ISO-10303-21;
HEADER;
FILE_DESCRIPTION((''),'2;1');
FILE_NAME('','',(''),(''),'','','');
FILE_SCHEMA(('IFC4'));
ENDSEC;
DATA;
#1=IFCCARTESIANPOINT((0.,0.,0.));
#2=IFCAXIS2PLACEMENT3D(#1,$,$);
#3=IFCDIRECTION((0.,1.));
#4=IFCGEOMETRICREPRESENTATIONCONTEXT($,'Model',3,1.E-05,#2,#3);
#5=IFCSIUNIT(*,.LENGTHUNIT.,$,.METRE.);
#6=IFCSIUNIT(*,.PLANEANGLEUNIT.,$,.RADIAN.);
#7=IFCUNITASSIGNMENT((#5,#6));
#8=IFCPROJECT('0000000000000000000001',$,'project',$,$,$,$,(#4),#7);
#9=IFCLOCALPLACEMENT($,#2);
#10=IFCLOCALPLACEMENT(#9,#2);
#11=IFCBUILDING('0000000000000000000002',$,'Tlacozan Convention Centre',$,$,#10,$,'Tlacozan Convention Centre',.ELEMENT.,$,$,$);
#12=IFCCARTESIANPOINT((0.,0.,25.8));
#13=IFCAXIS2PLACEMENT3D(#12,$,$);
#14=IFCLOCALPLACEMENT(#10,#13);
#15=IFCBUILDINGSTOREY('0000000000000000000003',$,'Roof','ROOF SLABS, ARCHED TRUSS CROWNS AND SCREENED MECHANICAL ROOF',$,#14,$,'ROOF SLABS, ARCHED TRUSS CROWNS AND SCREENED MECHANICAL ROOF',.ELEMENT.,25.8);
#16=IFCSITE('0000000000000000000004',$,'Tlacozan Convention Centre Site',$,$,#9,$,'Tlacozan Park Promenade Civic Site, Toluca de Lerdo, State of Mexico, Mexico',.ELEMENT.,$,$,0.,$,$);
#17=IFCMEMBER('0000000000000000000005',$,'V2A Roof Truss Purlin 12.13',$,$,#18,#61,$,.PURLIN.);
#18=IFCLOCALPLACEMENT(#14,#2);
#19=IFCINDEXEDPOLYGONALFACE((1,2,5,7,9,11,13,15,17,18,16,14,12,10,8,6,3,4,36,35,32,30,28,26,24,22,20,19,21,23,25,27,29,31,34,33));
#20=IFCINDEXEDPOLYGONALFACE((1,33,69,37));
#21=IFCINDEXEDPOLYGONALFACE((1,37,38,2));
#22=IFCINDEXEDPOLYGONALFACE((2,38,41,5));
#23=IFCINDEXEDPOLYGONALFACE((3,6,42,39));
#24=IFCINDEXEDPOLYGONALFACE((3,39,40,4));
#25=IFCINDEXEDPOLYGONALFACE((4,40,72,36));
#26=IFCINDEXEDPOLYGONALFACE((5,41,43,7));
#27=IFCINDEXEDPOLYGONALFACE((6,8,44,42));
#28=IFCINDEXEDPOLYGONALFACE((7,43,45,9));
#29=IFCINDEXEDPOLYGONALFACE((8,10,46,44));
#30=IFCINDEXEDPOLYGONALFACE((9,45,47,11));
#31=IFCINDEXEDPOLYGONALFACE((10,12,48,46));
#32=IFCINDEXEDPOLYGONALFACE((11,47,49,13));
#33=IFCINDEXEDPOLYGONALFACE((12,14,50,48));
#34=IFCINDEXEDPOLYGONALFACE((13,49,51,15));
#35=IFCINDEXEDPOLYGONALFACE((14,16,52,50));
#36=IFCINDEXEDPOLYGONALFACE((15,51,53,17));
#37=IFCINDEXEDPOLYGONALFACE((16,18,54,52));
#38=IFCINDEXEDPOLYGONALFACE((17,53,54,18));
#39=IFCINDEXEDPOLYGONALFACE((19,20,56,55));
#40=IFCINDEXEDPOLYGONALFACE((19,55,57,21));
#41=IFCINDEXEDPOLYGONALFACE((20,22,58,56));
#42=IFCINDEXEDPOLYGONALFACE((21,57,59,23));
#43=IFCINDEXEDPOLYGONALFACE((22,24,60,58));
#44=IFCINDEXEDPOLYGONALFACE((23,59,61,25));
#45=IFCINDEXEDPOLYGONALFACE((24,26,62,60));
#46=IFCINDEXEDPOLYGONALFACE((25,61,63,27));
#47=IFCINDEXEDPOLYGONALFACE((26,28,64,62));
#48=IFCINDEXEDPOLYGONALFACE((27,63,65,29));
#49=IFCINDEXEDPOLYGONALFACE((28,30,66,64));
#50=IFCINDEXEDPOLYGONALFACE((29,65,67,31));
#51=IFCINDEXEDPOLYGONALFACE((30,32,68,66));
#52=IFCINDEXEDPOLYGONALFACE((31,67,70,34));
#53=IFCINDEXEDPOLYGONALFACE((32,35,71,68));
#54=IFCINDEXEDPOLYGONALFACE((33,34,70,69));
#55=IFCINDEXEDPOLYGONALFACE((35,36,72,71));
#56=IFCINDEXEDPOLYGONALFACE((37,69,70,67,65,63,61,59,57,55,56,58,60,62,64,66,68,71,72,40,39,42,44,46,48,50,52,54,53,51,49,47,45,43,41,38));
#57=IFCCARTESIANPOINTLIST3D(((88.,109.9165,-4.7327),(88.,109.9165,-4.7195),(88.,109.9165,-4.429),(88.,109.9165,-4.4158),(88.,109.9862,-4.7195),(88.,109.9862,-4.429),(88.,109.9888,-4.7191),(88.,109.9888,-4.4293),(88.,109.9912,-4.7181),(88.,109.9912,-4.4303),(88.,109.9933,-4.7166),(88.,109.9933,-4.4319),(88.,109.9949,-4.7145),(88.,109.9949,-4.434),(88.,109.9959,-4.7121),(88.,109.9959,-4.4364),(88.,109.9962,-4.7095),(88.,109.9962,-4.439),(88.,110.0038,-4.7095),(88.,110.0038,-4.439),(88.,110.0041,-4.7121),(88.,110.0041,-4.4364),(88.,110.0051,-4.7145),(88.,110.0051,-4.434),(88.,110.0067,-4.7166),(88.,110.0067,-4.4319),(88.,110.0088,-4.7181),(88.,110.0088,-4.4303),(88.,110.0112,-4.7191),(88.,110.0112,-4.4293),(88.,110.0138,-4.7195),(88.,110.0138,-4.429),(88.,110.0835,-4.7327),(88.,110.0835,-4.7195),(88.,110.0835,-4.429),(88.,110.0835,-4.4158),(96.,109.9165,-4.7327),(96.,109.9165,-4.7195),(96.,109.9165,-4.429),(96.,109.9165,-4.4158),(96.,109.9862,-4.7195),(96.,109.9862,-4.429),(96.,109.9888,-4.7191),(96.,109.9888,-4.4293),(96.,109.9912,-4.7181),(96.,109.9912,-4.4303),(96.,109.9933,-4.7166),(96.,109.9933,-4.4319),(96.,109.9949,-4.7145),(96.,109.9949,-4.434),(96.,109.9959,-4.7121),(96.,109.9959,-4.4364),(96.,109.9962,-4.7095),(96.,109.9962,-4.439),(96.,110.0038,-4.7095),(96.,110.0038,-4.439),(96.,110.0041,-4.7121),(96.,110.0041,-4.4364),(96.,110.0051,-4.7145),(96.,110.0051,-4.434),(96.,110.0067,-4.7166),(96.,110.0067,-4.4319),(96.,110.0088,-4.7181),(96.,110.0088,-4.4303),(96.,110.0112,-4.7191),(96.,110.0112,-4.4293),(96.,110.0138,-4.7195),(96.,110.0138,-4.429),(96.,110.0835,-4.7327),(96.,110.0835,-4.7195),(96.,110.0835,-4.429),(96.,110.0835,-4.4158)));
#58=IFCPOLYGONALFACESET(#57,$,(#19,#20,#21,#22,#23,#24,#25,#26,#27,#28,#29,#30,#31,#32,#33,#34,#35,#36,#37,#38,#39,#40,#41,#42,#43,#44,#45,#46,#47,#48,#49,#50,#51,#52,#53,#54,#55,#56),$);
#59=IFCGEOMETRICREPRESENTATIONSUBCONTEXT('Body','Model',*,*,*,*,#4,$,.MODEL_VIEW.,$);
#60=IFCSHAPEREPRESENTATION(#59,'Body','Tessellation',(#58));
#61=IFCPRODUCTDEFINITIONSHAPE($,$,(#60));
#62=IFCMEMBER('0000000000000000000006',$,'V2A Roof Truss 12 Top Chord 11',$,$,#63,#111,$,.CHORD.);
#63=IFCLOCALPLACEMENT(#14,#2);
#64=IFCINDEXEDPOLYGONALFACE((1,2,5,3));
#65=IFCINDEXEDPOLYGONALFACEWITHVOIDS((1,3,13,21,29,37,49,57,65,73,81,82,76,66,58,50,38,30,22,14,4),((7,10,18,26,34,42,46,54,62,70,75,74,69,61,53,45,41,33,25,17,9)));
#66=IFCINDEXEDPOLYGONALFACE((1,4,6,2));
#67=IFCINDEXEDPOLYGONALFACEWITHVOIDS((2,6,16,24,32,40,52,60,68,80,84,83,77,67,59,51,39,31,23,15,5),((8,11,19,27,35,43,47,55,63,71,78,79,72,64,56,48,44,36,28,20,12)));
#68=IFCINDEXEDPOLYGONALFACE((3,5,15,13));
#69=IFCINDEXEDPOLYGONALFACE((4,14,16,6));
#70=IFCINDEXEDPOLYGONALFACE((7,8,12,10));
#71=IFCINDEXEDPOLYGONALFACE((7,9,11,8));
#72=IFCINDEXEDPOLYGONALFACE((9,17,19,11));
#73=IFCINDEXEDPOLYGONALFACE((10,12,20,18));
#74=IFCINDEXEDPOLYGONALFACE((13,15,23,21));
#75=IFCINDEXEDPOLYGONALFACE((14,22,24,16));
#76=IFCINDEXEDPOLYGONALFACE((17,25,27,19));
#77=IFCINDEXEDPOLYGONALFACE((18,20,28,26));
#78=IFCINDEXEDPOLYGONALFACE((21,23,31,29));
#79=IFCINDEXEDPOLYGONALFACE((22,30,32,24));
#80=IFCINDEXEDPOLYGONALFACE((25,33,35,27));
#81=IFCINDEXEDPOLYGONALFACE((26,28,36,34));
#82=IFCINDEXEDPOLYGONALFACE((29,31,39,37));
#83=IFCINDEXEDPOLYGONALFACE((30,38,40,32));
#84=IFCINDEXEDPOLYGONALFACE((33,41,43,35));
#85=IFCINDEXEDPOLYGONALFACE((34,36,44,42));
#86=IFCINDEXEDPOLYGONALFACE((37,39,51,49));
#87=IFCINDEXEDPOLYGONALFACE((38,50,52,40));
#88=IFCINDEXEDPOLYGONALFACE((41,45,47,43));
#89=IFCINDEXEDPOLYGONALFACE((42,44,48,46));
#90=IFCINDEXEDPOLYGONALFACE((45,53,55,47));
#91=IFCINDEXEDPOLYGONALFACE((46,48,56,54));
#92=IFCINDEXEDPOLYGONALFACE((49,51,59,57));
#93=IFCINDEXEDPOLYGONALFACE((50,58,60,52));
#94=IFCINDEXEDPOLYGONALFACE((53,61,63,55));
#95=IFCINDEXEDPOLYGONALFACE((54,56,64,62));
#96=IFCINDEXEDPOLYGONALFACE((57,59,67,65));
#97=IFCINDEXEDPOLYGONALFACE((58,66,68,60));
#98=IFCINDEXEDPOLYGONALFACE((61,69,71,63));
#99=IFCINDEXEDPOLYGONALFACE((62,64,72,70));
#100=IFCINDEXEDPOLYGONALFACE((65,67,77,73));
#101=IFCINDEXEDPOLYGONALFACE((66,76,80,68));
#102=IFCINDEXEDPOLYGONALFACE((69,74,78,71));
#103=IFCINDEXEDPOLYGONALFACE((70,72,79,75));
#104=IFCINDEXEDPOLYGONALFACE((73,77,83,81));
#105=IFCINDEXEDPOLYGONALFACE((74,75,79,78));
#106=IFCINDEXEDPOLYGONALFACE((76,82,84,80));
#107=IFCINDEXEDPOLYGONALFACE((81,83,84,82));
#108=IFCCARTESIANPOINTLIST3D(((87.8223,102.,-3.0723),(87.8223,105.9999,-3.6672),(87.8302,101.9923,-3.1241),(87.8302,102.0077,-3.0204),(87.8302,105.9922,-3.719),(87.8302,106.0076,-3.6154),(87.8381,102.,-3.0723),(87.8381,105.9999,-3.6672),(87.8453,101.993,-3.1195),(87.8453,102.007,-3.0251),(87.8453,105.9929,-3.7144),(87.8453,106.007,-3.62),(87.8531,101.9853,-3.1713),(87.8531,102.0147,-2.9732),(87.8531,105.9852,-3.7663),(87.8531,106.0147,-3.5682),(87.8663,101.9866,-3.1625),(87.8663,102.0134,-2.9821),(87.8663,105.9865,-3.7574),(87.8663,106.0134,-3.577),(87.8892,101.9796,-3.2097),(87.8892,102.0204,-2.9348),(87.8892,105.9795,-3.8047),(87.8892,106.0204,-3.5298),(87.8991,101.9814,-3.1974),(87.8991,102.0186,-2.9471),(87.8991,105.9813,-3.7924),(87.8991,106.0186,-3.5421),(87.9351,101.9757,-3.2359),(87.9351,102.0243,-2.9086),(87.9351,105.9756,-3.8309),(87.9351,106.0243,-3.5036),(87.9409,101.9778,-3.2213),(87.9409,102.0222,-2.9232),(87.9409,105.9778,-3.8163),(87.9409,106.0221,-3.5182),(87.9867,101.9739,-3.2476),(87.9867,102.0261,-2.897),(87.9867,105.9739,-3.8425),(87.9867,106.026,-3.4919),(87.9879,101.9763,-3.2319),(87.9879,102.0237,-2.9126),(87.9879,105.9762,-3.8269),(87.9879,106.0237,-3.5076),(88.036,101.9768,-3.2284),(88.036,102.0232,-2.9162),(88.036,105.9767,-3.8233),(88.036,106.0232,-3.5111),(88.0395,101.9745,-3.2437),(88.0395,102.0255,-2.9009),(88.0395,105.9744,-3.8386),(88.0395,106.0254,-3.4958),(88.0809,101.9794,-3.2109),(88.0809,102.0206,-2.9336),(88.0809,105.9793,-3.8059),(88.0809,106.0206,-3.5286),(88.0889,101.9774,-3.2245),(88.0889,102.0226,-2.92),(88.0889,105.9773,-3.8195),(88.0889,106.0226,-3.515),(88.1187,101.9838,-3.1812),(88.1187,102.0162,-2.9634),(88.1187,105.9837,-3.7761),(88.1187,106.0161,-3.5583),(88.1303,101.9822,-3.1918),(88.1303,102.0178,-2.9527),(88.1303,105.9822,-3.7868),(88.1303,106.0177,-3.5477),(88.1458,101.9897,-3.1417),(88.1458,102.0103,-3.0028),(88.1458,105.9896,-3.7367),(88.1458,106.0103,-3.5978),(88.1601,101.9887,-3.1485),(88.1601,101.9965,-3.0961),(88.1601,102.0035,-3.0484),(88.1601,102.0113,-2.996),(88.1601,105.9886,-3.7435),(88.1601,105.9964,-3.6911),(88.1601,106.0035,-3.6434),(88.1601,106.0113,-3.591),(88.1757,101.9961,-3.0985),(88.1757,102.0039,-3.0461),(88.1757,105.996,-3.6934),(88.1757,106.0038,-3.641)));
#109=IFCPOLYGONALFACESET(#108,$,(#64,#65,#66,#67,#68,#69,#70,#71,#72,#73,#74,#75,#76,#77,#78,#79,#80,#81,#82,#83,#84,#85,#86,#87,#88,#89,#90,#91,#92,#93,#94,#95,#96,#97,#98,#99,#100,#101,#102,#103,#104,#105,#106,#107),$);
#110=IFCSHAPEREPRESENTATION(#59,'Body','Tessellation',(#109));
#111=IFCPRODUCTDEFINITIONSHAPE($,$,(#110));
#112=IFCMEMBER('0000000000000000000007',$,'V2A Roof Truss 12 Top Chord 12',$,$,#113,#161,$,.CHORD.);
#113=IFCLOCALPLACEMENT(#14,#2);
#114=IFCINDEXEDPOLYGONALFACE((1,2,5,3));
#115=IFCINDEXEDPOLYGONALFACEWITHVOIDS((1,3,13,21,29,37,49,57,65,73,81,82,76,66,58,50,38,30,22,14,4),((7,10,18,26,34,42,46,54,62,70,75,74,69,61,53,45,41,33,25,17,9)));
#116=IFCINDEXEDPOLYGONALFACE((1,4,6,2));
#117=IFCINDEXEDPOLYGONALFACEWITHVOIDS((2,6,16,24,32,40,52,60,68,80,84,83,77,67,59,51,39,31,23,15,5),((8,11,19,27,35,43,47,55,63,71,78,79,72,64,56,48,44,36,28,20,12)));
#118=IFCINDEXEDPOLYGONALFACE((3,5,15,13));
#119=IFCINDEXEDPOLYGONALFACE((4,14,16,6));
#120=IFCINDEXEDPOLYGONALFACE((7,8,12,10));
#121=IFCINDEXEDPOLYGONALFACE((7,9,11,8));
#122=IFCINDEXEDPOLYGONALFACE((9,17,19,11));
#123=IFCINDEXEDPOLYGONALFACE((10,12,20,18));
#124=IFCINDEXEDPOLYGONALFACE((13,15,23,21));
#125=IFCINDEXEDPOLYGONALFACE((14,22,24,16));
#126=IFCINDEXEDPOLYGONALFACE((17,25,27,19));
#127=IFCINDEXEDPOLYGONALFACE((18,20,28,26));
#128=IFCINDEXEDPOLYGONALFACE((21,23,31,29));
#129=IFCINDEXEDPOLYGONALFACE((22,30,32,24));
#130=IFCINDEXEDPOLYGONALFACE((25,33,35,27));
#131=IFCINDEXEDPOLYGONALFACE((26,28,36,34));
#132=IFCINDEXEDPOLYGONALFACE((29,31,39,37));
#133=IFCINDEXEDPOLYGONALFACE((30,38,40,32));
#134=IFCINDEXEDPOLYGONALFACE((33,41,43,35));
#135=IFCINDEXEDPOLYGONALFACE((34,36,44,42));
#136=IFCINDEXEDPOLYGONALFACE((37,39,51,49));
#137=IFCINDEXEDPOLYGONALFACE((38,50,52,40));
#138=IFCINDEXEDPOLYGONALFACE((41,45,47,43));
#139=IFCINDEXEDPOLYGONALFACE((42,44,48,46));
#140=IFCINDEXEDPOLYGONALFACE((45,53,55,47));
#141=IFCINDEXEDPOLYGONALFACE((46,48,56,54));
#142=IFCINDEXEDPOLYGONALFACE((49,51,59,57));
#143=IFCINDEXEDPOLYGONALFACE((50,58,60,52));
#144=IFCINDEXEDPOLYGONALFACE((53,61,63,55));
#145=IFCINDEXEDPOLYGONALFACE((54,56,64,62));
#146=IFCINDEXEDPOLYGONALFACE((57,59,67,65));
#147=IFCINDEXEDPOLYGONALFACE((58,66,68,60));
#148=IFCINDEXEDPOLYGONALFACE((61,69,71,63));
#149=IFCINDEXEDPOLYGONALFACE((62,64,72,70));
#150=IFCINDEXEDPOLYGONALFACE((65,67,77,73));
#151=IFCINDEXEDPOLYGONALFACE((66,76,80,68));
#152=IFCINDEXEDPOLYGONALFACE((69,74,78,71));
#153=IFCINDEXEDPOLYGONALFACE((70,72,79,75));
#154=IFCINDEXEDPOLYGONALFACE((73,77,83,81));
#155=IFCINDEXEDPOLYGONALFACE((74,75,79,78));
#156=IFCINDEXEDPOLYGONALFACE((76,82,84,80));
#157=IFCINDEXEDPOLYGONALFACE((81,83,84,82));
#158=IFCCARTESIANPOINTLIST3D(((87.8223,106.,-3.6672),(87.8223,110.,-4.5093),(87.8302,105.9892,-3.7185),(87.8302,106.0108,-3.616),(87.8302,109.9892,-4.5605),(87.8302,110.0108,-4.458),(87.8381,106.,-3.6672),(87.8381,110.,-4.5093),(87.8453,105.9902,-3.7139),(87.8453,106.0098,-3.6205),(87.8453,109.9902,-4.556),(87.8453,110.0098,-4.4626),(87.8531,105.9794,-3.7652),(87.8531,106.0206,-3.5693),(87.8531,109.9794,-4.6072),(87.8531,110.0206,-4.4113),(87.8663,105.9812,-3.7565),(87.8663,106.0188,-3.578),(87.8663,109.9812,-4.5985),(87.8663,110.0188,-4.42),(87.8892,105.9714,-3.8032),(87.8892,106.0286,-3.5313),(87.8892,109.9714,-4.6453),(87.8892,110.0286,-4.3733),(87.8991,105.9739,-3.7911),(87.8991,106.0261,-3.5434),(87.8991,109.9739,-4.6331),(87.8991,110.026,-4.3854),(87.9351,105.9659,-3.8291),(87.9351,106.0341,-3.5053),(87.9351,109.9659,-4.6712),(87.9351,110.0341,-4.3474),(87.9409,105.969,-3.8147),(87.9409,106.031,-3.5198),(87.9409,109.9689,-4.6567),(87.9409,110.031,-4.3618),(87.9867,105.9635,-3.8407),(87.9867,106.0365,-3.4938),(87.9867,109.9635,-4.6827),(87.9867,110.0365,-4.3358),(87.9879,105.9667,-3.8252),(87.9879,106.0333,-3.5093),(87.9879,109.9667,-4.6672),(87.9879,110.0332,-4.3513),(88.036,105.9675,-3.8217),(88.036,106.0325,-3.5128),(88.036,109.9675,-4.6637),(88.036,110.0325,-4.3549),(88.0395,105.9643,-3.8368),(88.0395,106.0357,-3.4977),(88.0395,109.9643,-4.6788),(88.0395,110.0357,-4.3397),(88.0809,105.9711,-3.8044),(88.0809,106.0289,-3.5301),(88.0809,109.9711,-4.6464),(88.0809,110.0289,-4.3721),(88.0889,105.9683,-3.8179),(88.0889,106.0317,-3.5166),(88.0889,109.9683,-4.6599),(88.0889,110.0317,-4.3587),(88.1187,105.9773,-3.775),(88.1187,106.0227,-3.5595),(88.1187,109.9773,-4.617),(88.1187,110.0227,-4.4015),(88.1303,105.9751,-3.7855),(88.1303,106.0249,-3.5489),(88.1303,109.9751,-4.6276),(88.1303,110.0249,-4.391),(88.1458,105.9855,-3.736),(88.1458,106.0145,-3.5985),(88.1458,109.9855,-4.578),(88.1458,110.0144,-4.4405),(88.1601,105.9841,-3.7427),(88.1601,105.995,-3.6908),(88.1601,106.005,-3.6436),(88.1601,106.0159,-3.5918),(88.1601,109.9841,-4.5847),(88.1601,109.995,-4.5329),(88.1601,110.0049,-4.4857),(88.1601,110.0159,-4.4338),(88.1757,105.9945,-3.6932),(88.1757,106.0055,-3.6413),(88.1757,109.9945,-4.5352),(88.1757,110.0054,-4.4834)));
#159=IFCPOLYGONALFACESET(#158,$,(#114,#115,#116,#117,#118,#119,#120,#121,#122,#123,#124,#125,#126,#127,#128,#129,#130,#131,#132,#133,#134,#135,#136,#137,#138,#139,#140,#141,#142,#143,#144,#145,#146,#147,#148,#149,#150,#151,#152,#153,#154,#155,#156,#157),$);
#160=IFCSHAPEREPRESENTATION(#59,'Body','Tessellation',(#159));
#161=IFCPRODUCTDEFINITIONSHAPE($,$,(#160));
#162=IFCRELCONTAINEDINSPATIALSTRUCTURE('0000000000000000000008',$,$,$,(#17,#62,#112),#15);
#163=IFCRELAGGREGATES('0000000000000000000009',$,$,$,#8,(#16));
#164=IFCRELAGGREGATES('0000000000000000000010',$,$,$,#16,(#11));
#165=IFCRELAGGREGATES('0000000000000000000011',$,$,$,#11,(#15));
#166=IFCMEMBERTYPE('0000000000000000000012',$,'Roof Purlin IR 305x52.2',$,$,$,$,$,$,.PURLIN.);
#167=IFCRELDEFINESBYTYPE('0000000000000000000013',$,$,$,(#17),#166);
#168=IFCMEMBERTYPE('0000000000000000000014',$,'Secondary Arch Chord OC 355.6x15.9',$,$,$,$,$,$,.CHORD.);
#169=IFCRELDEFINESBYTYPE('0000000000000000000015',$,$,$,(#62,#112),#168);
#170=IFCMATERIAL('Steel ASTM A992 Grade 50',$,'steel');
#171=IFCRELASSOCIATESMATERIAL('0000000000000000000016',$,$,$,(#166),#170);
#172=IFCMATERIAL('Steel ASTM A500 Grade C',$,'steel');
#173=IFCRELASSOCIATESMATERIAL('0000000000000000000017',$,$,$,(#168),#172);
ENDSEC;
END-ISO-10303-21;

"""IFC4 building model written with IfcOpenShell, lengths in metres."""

from ifc_helpers import new_model, si_unit, direction, frame, origin, origin_2d, place, context, subcontext, project, spatial, hollow_circle, i_section, extrude, material, material_profile, profile_set, type_object, element, save


model = new_model("IFC4")

# Units and contexts
model_context = context("Model", 3, precision=1e-05, world=origin(), true_north=direction((0.0, 1.0)))
body_context = subcontext(model_context, "Body", "Model", "MODEL_VIEW")
ifc_project = project(units=[si_unit("LENGTHUNIT", "METRE"), si_unit("PLANEANGLEUNIT", "RADIAN")], contexts=[model_context])

# Site, building, storey
site_placement = place(None, origin())
site = spatial("IfcSite", under=ifc_project, at=site_placement, Name="Tlacozan Convention Centre Site", LongName="Tlacozan Park Promenade Civic Site, Toluca de Lerdo, State of Mexico, Mexico", CompositionType="ELEMENT", RefElevation=0.0)
building_placement = place(site_placement, origin())
building = spatial("IfcBuilding", under=site, at=building_placement, Name="Tlacozan Convention Centre", LongName="Tlacozan Convention Centre", CompositionType="ELEMENT")
storey_placement = place(building_placement, frame((0.0, 0.0, 25.8)))
storey = spatial("IfcBuildingStorey", under=building, at=storey_placement, Name="Roof", Description="ROOF SLABS, ARCHED TRUSS CROWNS AND SCREENED MECHANICAL ROOF", LongName="ROOF SLABS, ARCHED TRUSS CROWNS AND SCREENED MECHANICAL ROOF", CompositionType="ELEMENT", Elevation=25.8)

# Members
ifc_material_1 = material(Name="Steel ASTM A500 Grade C", Category="steel")
ifc_material_2 = material(Name="Steel ASTM A992 Grade 50", Category="steel")
ifc_material_profile_1 = material_profile(ifc_material_2, i_section(OverallWidth=0.167, OverallDepth=0.3169, WebThickness=0.0076, FlangeThickness=0.0132, FilletRadius=0.01, at=origin_2d()), Name="IR 305x52.2")
ifc_profile_set_1 = profile_set([ifc_material_profile_1], Name="Steel ASTM A992 Grade 50")
member_type_1 = type_object("IfcMemberType", Name="Roof Purlin IR 305x52.2", PredefinedType="PURLIN", material=ifc_profile_set_1)
for number, where, z_axis, x_axis, name in (
    (1, (88.0, 110.0, -4.5742), (1.0, 0.0, 0.0), (0.0, 1.0, 0.0), "V2A Roof Truss Purlin 12.13"),
):
    element("IfcMember", number, at=place(storey_placement, frame(where, z_axis=z_axis, x_axis=x_axis)), inside=storey, type_object=member_type_1, Name=name, PredefinedType="PURLIN", context=body_context, shape_type="SweptSolid", body=[
        extrude(i_section(OverallWidth=0.167, OverallDepth=0.3169, WebThickness=0.0076, FlangeThickness=0.0132, FilletRadius=0.01, at=origin_2d()), origin(), (0.0, 0.0, 1.0), 8.0),
    ])
ifc_material_profile_2 = material_profile(ifc_material_1, hollow_circle(Radius=0.1777, WallThickness=0.0159, at=origin_2d()), Name="OC 355.6x15.9")
ifc_profile_set_2 = profile_set([ifc_material_profile_2], Name="Steel ASTM A500 Grade C")
member_type_2 = type_object("IfcMemberType", Name="Secondary Arch Chord OC 355.6x15.9", PredefinedType="CHORD", material=ifc_profile_set_2)
member_1_placement = place(storey_placement, frame((88.0, 102.0, -3.0723), z_axis=(0.0, 0.989118, -0.147124), x_axis=(-1.0, 0.0, 0.0)))
element("IfcMember", 2, at=member_1_placement, inside=storey, type_object=member_type_2, Name="V2A Roof Truss 12 Top Chord 11", PredefinedType="CHORD", context=body_context, shape_type="SweptSolid", body=[
    extrude(hollow_circle(Radius=0.1777, WallThickness=0.0159, at=origin_2d()), origin(), (0.0, 0.0, 1.0), 4.0439),
])
member_2_placement = place(storey_placement, frame((88.0, 106.0, -3.6672), z_axis=(0.0, 0.978553, -0.205995), x_axis=(-1.0, 0.0, 0.0)))
element("IfcMember", 3, at=member_2_placement, inside=storey, type_object=member_type_2, Name="V2A Roof Truss 12 Top Chord 12", PredefinedType="CHORD", context=body_context, shape_type="SweptSolid", body=[
    extrude(hollow_circle(Radius=0.1777, WallThickness=0.0159, at=origin_2d()), origin(), (0.0, 0.0, 1.0), 4.0876),
])

save(model, "model.ifc")
